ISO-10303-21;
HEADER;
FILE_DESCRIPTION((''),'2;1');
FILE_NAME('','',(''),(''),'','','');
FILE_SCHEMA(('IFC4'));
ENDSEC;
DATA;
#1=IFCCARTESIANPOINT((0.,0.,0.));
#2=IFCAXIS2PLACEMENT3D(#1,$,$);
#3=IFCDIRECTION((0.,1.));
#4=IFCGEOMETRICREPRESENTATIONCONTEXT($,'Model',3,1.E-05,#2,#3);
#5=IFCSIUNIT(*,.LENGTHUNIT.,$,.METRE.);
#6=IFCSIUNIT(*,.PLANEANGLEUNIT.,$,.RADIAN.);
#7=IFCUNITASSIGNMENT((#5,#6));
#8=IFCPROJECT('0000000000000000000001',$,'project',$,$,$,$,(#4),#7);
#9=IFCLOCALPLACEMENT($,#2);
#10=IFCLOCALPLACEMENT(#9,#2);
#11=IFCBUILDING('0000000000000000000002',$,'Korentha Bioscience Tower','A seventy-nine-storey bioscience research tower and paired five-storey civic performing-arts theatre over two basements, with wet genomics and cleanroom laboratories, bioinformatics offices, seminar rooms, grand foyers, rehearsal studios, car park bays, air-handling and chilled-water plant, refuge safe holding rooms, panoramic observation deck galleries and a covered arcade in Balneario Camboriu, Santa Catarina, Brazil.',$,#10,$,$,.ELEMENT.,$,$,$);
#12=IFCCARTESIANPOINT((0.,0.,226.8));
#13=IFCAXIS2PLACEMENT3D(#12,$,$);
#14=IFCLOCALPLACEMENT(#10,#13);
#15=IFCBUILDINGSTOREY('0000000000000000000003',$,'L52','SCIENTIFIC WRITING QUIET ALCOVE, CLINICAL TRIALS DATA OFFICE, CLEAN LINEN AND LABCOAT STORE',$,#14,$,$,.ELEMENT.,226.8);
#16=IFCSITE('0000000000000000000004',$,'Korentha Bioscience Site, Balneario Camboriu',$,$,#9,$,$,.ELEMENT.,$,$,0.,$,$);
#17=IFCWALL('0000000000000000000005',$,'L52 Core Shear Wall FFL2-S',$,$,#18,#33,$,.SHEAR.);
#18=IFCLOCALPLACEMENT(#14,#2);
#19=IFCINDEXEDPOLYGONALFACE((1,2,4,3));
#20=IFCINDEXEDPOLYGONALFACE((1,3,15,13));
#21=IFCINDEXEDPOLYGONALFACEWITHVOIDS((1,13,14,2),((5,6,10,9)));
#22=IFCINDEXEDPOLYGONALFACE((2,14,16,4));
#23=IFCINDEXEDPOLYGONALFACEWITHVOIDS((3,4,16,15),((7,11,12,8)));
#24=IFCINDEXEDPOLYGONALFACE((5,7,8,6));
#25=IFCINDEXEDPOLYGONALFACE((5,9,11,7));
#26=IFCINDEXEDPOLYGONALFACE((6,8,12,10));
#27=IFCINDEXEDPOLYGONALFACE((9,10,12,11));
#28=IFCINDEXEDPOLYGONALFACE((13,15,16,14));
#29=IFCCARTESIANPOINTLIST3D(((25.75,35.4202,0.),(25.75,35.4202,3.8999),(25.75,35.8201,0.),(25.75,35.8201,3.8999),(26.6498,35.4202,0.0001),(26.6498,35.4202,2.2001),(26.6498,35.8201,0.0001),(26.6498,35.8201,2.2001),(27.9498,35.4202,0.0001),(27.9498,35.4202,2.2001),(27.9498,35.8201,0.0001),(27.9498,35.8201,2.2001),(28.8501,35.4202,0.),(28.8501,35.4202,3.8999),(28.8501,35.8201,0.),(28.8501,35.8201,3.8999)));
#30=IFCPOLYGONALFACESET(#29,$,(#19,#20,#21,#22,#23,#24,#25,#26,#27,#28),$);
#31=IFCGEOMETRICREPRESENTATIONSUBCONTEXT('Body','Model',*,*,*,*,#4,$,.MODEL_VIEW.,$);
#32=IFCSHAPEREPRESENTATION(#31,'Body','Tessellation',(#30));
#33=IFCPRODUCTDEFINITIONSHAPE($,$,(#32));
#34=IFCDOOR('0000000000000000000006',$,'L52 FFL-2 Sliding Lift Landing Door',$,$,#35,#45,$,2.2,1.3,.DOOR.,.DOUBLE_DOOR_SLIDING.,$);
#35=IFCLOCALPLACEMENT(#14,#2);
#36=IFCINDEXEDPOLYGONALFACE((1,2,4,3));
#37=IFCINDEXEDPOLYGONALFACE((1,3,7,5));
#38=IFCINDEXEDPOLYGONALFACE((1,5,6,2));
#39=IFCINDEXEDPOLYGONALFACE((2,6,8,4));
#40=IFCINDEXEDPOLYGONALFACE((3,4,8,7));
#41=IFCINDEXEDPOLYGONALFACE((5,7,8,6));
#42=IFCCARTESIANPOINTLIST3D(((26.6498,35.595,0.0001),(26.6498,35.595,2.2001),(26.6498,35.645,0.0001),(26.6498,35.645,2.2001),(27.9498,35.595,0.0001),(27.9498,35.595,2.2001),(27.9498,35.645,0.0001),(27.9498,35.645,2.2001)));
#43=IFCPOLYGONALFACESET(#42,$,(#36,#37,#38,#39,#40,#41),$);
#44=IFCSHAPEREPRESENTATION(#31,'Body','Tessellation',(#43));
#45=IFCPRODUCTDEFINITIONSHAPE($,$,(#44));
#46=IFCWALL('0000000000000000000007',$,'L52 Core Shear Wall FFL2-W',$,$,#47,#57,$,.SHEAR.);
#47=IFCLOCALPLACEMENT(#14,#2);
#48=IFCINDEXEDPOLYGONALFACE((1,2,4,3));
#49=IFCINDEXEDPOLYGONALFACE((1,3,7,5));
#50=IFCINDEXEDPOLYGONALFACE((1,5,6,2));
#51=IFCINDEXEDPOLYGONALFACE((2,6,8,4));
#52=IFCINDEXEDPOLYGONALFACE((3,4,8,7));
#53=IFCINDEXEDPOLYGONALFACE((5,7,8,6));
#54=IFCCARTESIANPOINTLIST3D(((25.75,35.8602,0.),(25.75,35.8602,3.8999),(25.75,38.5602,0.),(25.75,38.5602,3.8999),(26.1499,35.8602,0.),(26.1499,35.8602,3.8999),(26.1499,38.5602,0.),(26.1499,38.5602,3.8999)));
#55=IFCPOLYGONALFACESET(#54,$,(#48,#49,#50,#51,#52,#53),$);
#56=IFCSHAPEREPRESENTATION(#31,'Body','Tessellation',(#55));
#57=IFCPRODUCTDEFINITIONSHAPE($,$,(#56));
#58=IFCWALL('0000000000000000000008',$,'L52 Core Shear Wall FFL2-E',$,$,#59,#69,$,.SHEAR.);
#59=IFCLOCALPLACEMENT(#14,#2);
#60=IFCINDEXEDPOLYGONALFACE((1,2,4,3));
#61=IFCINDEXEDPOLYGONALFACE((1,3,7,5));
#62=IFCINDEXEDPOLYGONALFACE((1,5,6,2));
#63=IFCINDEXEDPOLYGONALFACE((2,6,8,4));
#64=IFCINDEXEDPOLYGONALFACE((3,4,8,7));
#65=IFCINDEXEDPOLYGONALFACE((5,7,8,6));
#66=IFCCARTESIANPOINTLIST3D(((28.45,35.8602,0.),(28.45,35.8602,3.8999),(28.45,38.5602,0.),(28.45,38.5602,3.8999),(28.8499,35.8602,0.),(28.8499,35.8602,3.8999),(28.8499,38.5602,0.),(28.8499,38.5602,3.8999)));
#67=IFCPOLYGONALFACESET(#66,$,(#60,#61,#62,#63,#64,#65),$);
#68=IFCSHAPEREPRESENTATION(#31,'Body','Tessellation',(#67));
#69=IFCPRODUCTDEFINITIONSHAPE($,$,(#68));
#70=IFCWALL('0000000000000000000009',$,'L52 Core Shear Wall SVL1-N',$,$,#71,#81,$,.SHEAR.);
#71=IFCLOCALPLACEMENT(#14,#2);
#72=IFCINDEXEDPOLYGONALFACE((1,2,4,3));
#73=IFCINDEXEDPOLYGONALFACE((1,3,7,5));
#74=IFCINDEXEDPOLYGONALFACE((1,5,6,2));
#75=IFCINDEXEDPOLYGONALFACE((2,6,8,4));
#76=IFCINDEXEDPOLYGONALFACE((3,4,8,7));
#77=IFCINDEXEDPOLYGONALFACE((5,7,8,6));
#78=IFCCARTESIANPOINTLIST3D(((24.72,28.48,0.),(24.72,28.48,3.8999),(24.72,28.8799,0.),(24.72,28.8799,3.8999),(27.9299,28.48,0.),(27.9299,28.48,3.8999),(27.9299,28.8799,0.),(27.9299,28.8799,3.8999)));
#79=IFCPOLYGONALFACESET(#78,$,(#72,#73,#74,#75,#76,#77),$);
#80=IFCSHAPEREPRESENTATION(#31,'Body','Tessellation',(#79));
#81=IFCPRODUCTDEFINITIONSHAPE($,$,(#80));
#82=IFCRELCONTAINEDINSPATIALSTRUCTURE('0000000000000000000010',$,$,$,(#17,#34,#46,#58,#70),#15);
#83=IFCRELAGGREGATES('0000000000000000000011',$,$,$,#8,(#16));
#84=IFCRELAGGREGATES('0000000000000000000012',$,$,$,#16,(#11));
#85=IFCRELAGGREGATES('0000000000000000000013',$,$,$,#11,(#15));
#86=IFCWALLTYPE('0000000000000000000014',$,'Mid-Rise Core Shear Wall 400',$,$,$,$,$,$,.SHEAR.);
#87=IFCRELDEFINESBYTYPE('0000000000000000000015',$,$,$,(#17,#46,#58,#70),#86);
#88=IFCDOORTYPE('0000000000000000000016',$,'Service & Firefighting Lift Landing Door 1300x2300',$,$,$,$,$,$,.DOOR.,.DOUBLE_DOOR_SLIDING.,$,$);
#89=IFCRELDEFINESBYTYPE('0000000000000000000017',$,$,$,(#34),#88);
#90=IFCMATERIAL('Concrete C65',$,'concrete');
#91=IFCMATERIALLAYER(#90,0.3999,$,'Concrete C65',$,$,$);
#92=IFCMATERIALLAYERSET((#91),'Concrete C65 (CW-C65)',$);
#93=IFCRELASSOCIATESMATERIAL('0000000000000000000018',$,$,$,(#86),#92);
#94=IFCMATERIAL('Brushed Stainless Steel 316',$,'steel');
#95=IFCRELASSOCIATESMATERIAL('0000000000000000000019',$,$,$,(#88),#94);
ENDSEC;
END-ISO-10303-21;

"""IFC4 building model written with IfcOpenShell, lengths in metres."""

from ifc_helpers import new_model, si_unit, direction, frame, frame_2d, origin, place, context, subcontext, project, spatial, rectangle, extrude, material, layer, layer_set, type_object, element, fill, save


model = new_model("IFC4")

# Units and contexts
model_context = context("Model", 3, precision=1e-05, world=origin(), true_north=direction((0.0, 1.0)))
body_context = subcontext(model_context, "Body", "Model", "MODEL_VIEW")
ifc_project = project(units=[si_unit("LENGTHUNIT", "METRE"), si_unit("PLANEANGLEUNIT", "RADIAN")], contexts=[model_context])

# Site, building, storey
site_placement = place(None, origin())
site = spatial("IfcSite", under=ifc_project, at=site_placement, Name="Korentha Bioscience Site, Balneario Camboriu", CompositionType="ELEMENT", RefElevation=0.0)
building_placement = place(site_placement, origin())
building = spatial("IfcBuilding", under=site, at=building_placement, Name="Korentha Bioscience Tower", Description="A seventy-nine-storey bioscience research tower and paired five-storey civic performing-arts theatre over two basements, with wet genomics and cleanroom laboratories, bioinformatics offices, seminar rooms, grand foyers, rehearsal studios, car park bays, air-handling and chilled-water plant, refuge safe holding rooms, panoramic observation deck galleries and a covered arcade in Balneario Camboriu, Santa Catarina, Brazil.", CompositionType="ELEMENT")
storey_placement = place(building_placement, frame((0.0, 0.0, 226.8)))
storey = spatial("IfcBuildingStorey", under=building, at=storey_placement, Name="L52", Description="SCIENTIFIC WRITING QUIET ALCOVE, CLINICAL TRIALS DATA OFFICE, CLEAN LINEN AND LABCOAT STORE", CompositionType="ELEMENT", Elevation=226.8)

# Shared definitions
ifc_material_1 = material(Name="Concrete C65", Category="concrete")

# Shared definitions
ifc_layer_1 = layer(ifc_material_1, 0.3999, Name="Concrete C65")
ifc_layer_set_1 = layer_set([ifc_layer_1], Name="Concrete C65 (CW-C65)")
wall_type_1 = type_object("IfcWallType", Name="Mid-Rise Core Shear Wall 400", PredefinedType="SHEAR", material=ifc_layer_set_1)

# Wall, opening, door
wall_1_placement = place(storey_placement, frame((25.75, 35.6201, 0.0), z_axis=(0.0, 0.0, 1.0), x_axis=(1.0, 0.0, 0.0)))
wall_1 = element("IfcWall", 1, at=wall_1_placement, inside=storey, type_object=wall_type_1, Name="L52 Core Shear Wall FFL2-S", PredefinedType="SHEAR", context=body_context, shape_type="SweptSolid", body=[
    extrude(rectangle(XDim=3.1001, YDim=0.3999, at=frame_2d((1.55, 0.0))), origin(), (0.0, 0.0, 1.0), 3.8999),
])
opening_1_placement = place(wall_1_placement, frame((0.8999, 0.0, 0.0)))
opening_1 = element("IfcOpeningElement", 2, at=opening_1_placement, cuts=wall_1, PredefinedType="OPENING", context=body_context, shape_type="SweptSolid", body=[
    extrude(rectangle(XDim=1.3, YDim=2.2, at=frame_2d((0.6499, 1.1001))), frame((0.0, 0.2148, 0.0), z_axis=(0.0, -1.0, 0.0), x_axis=(1.0, 0.0, 0.0)), (0.0, 0.0, 1.0), 0.4297),
])
ifc_material_2 = material(Name="Brushed Stainless Steel 316", Category="steel")
door_type_1 = type_object("IfcDoorType", Name="Service & Firefighting Lift Landing Door 1300x2300", OperationType="DOUBLE_DOOR_SLIDING", PredefinedType="DOOR", material=ifc_material_2)
door_1_placement = place(opening_1_placement, origin())
door_1 = element("IfcDoor", 3, at=door_1_placement, inside=storey, type_object=door_type_1, Name="L52 FFL-2 Sliding Lift Landing Door", OperationType="DOUBLE_DOOR_SLIDING", OverallHeight=2.2, OverallWidth=1.3, PredefinedType="DOOR", context=body_context, shape_type="SweptSolid", body=[
    extrude(rectangle(XDim=1.3, YDim=2.2, at=frame_2d((0.6499, 1.1001))), frame((0.0, 0.0249, 0.0), z_axis=(0.0, -1.0, 0.0), x_axis=(1.0, 0.0, 0.0)), (0.0, 0.0, 1.0), 0.05),
])
fill(opening_1, door_1)

# Walls
for number, where, z_axis, x_axis, name in (
    (4, (25.95, 35.8601, 0.0), (0.0, 0.0, 1.0), (0.0, 1.0, 0.0), "L52 Core Shear Wall FFL2-W"),
    (5, (28.6499, 35.8601, 0.0), (0.0, 0.0, 1.0), (0.0, 1.0, 0.0), "L52 Core Shear Wall FFL2-E"),
):
    element("IfcWall", number, at=place(storey_placement, frame(where, z_axis=z_axis, x_axis=x_axis)), inside=storey, type_object=wall_type_1, Name=name, PredefinedType="SHEAR", context=body_context, shape_type="SweptSolid", body=[
        extrude(rectangle(XDim=2.7, YDim=0.3999, at=frame_2d((1.3501, 0.0))), origin(), (0.0, 0.0, 1.0), 3.8999),
    ])
wall_2_placement = place(storey_placement, frame((24.72, 28.6799, 0.0), z_axis=(0.0, 0.0, 1.0), x_axis=(1.0, 0.0, 0.0)))
element("IfcWall", 6, at=wall_2_placement, inside=storey, type_object=wall_type_1, Name="L52 Core Shear Wall SVL1-N", PredefinedType="SHEAR", context=body_context, shape_type="SweptSolid", body=[
    extrude(rectangle(XDim=3.21, YDim=0.3999, at=frame_2d((1.605, 0.0))), origin(), (0.0, 0.0, 1.0), 3.8999),
])

save(model, "model.ifc")
